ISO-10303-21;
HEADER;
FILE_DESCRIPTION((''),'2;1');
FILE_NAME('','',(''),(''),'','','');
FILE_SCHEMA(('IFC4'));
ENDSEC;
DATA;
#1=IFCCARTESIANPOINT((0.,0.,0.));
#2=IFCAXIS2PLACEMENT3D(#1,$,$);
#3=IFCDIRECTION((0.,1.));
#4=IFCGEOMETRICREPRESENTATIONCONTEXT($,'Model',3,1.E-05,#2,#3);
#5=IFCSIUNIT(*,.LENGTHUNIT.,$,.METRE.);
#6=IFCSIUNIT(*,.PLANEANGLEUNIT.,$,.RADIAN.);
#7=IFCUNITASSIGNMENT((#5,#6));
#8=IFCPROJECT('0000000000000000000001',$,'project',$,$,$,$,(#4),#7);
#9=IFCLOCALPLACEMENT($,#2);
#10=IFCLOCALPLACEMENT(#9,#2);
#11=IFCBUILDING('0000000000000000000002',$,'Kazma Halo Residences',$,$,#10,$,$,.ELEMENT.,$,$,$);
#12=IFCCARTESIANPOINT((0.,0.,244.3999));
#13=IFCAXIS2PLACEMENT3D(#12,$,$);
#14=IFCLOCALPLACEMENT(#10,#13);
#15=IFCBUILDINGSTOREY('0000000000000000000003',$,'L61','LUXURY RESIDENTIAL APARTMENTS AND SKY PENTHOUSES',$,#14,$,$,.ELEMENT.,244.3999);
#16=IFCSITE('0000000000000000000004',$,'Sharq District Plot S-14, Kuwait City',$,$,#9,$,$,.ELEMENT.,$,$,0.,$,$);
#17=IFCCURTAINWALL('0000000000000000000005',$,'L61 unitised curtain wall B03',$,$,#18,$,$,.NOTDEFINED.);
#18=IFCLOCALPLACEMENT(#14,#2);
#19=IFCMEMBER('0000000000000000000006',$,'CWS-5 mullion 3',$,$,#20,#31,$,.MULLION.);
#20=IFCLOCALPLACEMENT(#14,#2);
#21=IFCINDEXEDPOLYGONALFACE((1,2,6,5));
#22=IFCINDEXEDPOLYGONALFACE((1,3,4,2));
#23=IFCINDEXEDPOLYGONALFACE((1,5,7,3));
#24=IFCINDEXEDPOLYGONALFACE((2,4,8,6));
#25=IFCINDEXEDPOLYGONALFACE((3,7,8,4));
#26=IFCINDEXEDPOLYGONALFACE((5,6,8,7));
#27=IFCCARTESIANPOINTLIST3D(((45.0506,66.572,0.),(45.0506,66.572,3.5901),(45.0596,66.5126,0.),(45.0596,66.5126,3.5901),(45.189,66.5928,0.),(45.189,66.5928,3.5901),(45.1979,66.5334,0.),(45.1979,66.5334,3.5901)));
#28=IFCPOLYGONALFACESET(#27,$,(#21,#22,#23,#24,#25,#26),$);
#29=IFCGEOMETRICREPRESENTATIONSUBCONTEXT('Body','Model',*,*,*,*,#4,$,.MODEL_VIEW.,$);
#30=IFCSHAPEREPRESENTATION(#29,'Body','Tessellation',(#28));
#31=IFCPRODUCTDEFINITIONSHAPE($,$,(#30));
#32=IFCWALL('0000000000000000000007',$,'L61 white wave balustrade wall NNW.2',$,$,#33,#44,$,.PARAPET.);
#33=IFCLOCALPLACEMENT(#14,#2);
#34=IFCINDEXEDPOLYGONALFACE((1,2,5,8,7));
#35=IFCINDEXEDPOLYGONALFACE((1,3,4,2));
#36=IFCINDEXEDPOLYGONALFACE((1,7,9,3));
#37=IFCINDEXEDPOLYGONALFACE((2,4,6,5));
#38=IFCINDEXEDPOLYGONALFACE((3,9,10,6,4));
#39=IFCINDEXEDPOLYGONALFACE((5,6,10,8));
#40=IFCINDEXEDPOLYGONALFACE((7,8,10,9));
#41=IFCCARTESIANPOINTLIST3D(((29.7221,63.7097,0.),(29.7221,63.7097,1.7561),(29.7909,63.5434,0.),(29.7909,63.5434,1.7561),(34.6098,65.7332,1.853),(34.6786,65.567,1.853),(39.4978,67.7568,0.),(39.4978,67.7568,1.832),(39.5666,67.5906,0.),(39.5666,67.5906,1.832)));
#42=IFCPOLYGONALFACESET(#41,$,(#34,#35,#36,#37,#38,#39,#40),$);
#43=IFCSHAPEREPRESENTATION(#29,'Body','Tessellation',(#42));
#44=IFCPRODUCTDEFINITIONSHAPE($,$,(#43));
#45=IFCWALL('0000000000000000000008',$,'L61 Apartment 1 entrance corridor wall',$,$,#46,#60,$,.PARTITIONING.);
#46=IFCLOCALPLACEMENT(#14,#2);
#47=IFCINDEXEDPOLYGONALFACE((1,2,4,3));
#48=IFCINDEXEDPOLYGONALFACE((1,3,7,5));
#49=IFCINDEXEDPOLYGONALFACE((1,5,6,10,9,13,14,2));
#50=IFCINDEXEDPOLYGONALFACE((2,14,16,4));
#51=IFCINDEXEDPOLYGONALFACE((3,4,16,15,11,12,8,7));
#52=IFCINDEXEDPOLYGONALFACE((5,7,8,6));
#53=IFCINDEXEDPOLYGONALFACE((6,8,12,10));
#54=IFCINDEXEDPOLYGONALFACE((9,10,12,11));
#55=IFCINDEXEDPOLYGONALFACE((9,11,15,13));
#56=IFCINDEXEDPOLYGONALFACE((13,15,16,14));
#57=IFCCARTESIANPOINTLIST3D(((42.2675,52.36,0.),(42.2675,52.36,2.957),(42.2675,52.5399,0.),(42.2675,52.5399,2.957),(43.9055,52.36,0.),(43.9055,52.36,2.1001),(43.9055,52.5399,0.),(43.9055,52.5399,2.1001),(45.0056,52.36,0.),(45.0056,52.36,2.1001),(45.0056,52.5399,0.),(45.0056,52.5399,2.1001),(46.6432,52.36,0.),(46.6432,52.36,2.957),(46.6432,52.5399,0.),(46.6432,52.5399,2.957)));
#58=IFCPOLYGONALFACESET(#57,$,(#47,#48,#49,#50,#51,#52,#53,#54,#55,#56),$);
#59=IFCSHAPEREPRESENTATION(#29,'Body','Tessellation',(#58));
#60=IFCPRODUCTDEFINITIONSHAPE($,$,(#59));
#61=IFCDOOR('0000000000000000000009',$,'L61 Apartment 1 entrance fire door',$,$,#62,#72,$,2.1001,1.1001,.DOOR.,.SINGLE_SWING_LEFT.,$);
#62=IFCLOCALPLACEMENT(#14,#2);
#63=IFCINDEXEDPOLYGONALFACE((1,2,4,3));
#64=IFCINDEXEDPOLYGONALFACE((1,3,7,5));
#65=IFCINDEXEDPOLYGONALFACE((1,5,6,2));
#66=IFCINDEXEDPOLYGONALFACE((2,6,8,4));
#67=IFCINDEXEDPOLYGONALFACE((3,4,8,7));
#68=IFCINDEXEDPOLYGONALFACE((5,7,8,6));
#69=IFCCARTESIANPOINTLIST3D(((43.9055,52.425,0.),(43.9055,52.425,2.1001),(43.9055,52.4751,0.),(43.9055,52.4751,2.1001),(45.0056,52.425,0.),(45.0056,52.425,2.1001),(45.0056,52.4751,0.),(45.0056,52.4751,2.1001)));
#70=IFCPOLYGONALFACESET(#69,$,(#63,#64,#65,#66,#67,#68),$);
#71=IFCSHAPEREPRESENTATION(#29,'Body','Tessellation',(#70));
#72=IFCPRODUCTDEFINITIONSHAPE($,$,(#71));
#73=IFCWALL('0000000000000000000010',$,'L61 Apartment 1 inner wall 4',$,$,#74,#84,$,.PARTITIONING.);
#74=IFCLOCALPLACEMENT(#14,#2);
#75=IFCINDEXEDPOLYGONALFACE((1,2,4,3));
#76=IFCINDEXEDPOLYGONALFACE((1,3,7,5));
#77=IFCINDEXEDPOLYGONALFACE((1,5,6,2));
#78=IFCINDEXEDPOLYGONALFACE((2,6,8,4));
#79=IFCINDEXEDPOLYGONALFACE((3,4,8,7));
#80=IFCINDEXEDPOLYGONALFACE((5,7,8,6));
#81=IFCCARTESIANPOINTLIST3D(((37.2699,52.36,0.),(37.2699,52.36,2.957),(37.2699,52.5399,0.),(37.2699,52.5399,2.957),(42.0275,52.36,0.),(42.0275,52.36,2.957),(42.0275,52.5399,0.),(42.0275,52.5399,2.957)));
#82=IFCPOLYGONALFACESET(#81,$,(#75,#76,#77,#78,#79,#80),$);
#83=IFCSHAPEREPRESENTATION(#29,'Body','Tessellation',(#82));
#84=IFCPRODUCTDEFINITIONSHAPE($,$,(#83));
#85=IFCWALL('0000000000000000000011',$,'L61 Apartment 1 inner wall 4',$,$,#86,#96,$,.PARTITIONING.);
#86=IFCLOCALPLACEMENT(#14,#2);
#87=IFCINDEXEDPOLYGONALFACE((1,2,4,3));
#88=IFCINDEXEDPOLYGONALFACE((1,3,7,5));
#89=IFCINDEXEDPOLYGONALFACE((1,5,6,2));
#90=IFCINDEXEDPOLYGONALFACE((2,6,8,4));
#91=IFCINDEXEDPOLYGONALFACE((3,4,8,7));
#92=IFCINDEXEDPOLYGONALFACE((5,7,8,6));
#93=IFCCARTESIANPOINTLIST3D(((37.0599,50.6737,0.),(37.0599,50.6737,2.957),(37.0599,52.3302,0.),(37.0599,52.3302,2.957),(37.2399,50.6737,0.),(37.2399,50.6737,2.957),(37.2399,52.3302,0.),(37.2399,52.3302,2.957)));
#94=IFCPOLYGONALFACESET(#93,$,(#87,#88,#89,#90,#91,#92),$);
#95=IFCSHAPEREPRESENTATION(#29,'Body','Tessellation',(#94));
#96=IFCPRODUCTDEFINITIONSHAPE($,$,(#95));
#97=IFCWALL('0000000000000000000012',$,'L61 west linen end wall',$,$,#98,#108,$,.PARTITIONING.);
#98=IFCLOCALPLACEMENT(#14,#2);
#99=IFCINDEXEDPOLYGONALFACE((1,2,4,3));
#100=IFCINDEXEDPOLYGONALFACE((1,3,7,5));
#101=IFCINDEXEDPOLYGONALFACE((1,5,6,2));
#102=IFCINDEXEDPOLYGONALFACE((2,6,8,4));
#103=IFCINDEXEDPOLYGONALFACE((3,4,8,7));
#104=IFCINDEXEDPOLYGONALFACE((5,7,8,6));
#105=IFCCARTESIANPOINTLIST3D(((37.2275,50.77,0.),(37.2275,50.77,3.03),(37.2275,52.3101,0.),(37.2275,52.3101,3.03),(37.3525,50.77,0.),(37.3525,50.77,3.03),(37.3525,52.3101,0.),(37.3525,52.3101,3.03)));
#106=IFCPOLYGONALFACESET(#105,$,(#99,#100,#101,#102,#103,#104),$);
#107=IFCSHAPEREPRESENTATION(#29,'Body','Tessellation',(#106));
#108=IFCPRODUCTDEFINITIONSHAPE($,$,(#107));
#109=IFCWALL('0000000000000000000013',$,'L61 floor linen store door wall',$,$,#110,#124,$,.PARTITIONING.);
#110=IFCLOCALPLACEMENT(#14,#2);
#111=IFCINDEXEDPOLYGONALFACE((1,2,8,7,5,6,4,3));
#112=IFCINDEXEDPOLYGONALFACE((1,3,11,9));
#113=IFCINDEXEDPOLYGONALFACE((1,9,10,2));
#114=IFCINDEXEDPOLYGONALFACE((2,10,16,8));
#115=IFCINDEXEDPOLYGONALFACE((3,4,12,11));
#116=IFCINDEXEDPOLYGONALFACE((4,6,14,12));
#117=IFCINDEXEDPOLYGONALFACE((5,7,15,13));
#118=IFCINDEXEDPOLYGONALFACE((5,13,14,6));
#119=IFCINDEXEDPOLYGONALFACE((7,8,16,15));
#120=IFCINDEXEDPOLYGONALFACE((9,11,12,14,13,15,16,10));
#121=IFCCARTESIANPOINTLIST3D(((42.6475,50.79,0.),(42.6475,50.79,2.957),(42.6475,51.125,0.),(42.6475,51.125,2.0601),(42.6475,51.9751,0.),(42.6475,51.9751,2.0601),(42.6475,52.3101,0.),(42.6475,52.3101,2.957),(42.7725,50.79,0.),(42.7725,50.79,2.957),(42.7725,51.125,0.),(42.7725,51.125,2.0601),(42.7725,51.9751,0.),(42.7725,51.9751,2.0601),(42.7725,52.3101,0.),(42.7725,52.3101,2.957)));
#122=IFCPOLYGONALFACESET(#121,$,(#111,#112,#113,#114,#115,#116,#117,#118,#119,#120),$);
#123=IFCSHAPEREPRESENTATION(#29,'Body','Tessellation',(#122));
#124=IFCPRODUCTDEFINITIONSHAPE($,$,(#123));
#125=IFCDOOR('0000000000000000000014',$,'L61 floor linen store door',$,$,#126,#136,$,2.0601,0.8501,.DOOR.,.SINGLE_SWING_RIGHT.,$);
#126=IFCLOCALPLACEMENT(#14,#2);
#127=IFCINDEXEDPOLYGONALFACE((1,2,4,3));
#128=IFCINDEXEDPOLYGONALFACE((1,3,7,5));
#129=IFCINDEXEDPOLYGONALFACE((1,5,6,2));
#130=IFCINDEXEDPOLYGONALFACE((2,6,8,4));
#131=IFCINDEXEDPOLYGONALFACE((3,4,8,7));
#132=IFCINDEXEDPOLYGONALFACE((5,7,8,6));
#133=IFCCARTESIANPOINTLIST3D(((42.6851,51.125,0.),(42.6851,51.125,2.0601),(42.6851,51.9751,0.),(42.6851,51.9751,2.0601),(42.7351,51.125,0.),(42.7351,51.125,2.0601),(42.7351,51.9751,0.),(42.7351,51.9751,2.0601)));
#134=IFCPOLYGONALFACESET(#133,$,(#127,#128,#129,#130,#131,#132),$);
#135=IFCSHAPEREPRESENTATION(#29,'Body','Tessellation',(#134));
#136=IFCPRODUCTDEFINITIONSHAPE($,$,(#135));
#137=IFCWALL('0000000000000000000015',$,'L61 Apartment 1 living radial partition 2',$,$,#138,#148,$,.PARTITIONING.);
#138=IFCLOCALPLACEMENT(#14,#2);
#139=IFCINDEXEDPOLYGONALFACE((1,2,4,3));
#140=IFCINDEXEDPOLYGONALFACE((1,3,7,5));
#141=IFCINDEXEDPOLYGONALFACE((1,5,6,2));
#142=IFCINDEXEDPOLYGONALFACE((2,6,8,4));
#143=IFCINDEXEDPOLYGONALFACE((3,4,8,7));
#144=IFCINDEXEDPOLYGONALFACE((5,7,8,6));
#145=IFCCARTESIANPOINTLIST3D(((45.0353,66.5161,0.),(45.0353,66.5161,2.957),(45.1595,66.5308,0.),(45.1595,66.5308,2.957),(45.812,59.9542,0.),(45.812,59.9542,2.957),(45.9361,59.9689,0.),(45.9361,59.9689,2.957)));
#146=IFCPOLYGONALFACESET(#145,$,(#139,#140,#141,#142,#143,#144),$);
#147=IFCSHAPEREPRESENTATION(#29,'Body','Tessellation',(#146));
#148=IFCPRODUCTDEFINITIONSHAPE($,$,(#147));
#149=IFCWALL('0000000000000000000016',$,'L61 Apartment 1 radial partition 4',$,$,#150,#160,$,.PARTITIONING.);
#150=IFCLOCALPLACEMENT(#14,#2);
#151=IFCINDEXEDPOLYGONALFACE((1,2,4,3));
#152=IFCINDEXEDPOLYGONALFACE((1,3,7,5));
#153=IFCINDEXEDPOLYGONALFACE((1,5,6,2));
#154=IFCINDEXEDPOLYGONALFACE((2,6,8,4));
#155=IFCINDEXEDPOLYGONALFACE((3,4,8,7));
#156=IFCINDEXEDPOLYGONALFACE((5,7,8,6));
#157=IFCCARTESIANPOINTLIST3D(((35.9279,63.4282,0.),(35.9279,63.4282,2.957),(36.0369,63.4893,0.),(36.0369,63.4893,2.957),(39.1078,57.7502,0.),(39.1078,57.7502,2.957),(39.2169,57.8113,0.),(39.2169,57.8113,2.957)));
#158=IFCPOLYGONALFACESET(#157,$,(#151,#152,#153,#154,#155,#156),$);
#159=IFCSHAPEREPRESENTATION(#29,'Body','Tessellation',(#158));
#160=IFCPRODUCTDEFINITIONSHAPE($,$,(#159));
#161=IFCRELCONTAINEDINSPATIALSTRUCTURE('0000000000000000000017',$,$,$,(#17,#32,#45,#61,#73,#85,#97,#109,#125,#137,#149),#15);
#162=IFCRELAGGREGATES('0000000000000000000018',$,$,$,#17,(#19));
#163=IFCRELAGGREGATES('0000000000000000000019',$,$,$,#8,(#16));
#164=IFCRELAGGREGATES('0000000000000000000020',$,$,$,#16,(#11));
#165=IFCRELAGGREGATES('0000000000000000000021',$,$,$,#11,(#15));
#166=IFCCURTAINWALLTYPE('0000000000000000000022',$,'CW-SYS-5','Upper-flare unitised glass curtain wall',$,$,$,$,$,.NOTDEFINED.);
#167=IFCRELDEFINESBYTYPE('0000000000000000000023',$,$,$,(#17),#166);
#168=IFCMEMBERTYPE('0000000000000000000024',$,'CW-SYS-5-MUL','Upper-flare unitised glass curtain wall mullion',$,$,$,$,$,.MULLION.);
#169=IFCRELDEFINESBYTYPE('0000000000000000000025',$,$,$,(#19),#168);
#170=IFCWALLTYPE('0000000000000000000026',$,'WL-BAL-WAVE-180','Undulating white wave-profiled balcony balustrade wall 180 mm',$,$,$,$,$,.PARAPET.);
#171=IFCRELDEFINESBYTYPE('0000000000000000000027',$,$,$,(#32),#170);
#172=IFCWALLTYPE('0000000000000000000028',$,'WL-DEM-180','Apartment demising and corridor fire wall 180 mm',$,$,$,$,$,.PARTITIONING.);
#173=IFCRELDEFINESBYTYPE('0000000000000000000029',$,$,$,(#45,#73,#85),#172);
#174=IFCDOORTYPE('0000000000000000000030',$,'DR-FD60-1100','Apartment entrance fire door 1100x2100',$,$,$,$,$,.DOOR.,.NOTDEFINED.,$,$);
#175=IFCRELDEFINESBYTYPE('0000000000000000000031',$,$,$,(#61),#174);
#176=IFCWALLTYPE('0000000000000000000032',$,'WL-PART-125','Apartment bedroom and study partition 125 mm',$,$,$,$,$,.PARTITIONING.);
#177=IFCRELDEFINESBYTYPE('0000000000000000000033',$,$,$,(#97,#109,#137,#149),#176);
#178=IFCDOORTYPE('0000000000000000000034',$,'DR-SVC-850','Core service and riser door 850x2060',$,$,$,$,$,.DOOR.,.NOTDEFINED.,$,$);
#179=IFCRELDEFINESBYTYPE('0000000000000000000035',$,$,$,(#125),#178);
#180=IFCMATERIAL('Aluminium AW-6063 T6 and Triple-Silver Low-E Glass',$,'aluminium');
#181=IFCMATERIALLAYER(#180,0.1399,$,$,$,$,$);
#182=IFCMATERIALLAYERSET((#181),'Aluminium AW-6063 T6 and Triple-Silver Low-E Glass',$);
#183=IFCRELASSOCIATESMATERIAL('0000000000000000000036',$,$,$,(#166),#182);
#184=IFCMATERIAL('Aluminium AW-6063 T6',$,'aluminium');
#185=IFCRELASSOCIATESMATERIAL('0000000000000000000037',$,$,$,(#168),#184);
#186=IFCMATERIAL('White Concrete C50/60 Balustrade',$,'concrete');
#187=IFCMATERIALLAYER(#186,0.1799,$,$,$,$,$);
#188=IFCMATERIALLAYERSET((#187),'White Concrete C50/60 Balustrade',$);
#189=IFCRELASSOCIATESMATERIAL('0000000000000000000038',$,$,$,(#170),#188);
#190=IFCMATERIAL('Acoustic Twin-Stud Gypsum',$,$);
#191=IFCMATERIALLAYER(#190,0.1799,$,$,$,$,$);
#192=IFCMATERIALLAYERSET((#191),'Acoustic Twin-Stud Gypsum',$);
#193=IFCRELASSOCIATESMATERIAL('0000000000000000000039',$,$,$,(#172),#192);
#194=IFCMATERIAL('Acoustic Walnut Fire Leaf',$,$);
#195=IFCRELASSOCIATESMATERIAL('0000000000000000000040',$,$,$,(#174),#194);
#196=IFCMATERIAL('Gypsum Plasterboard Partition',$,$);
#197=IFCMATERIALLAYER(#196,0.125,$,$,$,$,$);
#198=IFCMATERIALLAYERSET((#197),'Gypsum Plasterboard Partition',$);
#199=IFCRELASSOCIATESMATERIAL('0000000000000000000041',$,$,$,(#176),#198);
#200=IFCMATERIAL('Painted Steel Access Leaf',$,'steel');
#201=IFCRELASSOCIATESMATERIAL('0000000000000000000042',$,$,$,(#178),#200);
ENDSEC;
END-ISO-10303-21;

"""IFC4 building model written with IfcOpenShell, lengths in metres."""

from ifc_helpers import new_model, si_unit, direction, frame, frame_2d, origin, origin_2d, place, context, subcontext, project, spatial, polyline, rectangle, outline, extrude, material, layer, layer_set, material_profile, profile_set, type_object, element, fill, aggregate, save


model = new_model("IFC4")

# Units and contexts
model_context = context("Model", 3, precision=1e-05, world=origin(), true_north=direction((0.0, 1.0)))
body_context = subcontext(model_context, "Body", "Model", "MODEL_VIEW")
ifc_project = project(units=[si_unit("LENGTHUNIT", "METRE"), si_unit("PLANEANGLEUNIT", "RADIAN")], contexts=[model_context])

# Site, building, storey
site_placement = place(None, origin())
site = spatial("IfcSite", under=ifc_project, at=site_placement, Name="Sharq District Plot S-14, Kuwait City", CompositionType="ELEMENT", RefElevation=0.0)
building_placement = place(site_placement, origin())
building = spatial("IfcBuilding", under=site, at=building_placement, Name="Kazma Halo Residences", CompositionType="ELEMENT")
storey_placement = place(building_placement, frame((0.0, 0.0, 244.3999)))
storey = spatial("IfcBuildingStorey", under=building, at=storey_placement, Name="L61", Description="LUXURY RESIDENTIAL APARTMENTS AND SKY PENTHOUSES", CompositionType="ELEMENT", Elevation=244.3999)

# Curtain wall, member
ifc_material_1 = material(Name="Aluminium AW-6063 T6 and Triple-Silver Low-E Glass", Category="aluminium")
ifc_layer_1 = layer(ifc_material_1, 0.1399)
ifc_layer_set_1 = layer_set([ifc_layer_1], Name="Aluminium AW-6063 T6 and Triple-Silver Low-E Glass")
curtain_wall_type = type_object("IfcCurtainWallType", Name="CW-SYS-5", Description="Upper-flare unitised glass curtain wall", PredefinedType="NOTDEFINED", material=ifc_layer_set_1)
curtain_wall_placement = place(storey_placement, origin())
curtain_wall = element("IfcCurtainWall", 1, at=curtain_wall_placement, inside=storey, type_object=curtain_wall_type, Name="L61 unitised curtain wall B03", PredefinedType="NOTDEFINED")
ifc_material_2 = material(Name="Aluminium AW-6063 T6", Category="aluminium")
ifc_material_profile_1 = material_profile(ifc_material_2, rectangle(XDim=0.0601, YDim=0.1399, at=origin_2d()), Name="CWM-60x140")
ifc_profile_set_1 = profile_set([ifc_material_profile_1], Name="Aluminium AW-6063 T6")
member_type = type_object("IfcMemberType", Name="CW-SYS-5-MUL", Description="Upper-flare unitised glass curtain wall mullion", PredefinedType="MULLION", material=ifc_profile_set_1)
member_placement = place(storey_placement, frame((45.1243, 66.5527, 0.0), z_axis=(0.0, 0.0, 1.0), x_axis=(0.148697, -0.988883, 0.0)))
member = element("IfcMember", 2, at=member_placement, type_object=member_type, Name="CWS-5 mullion 3", PredefinedType="MULLION", context=body_context, shape_type="SweptSolid", body=[
    extrude(rectangle(XDim=0.0601, YDim=0.1399, at=origin_2d()), origin(), (0.0, 0.0, 1.0), 3.5901),
])
aggregate(curtain_wall, [member])

# Wall
ifc_material_3 = material(Name="White Concrete C50/60 Balustrade", Category="concrete")
ifc_layer_2 = layer(ifc_material_3, 0.1799)
ifc_layer_set_2 = layer_set([ifc_layer_2], Name="White Concrete C50/60 Balustrade")
wall_type_1 = type_object("IfcWallType", Name="WL-BAL-WAVE-180", Description="Undulating white wave-profiled balcony balustrade wall 180 mm", PredefinedType="PARAPET", material=ifc_layer_set_2)
wall_1_placement = place(storey_placement, frame((39.5322, 67.6736, 0.0), z_axis=(0.0, 0.0, 1.0), x_axis=(-0.923949, -0.382516, 0.0)))
element("IfcWall", 3, at=wall_1_placement, inside=storey, type_object=wall_type_1, Name="L61 white wave balustrade wall NNW.2", PredefinedType="PARAPET", context=body_context, shape_type="SweptSolid", body=[
    extrude(outline(polyline([(0.0, 0.0), (10.5803, 0.0), (10.5803, 1.7561), (5.2903, 1.853), (0.0, 1.832), (0.0, 0.0)])), frame((0.0, 0.0898, 0.0), z_axis=(0.0, -1.0, 0.0), x_axis=(1.0, 0.0, 0.0)), (0.0, 0.0, 1.0), 0.1799),
])

# Wall, opening, door
ifc_material_4 = material(Name="Acoustic Twin-Stud Gypsum")
ifc_layer_3 = layer(ifc_material_4, 0.1799)
ifc_layer_set_3 = layer_set([ifc_layer_3], Name="Acoustic Twin-Stud Gypsum")
wall_type_2 = type_object("IfcWallType", Name="WL-DEM-180", Description="Apartment demising and corridor fire wall 180 mm", PredefinedType="PARTITIONING", material=ifc_layer_set_3)
wall_2_placement = place(storey_placement, frame((46.6433, 52.45, 0.0), z_axis=(0.0, 0.0, 1.0), x_axis=(-1.0, 0.0, 0.0)))
wall_2 = element("IfcWall", 4, at=wall_2_placement, inside=storey, type_object=wall_type_2, Name="L61 Apartment 1 entrance corridor wall", PredefinedType="PARTITIONING", context=body_context, shape_type="SweptSolid", body=[
    extrude(rectangle(XDim=4.3757, YDim=0.1799, at=frame_2d((2.188, 0.0))), origin(), (0.0, 0.0, 1.0), 2.957),
])
opening_1_placement = place(wall_2_placement, frame((1.6377, 0.0, 0.0)))
opening_1 = element("IfcOpeningElement", 5, at=opening_1_placement, cuts=wall_2, PredefinedType="OPENING", context=body_context, shape_type="SweptSolid", body=[
    extrude(rectangle(XDim=1.1001, YDim=2.1001, at=frame_2d((0.55, 1.05))), frame((0.0, 0.0999, 0.0), z_axis=(0.0, -1.0, 0.0), x_axis=(1.0, 0.0, 0.0)), (0.0, 0.0, 1.0), 0.2),
])
ifc_material_5 = material(Name="Acoustic Walnut Fire Leaf")
door_type_1 = type_object("IfcDoorType", Name="DR-FD60-1100", Description="Apartment entrance fire door 1100x2100", OperationType="NOTDEFINED", PredefinedType="DOOR", material=ifc_material_5)
door_1_placement = place(opening_1_placement, origin())
door_1 = element("IfcDoor", 6, at=door_1_placement, inside=storey, type_object=door_type_1, Name="L61 Apartment 1 entrance fire door", OperationType="SINGLE_SWING_LEFT", OverallHeight=2.1001, OverallWidth=1.1001, PredefinedType="DOOR", context=body_context, shape_type="SweptSolid", body=[
    extrude(rectangle(XDim=1.1001, YDim=2.1001, at=frame_2d((0.55, 1.05))), frame((0.0, 0.0249, 0.0), z_axis=(0.0, -1.0, 0.0), x_axis=(1.0, 0.0, 0.0)), (0.0, 0.0, 1.0), 0.05),
])
fill(opening_1, door_1)

# Walls
wall_3_placement = place(storey_placement, frame((42.0276, 52.45, 0.0), z_axis=(0.0, 0.0, 1.0), x_axis=(-1.0, 0.0, 0.0)))
element("IfcWall", 7, at=wall_3_placement, inside=storey, type_object=wall_type_2, Name="L61 Apartment 1 inner wall 4", PredefinedType="PARTITIONING", context=body_context, shape_type="SweptSolid", body=[
    extrude(rectangle(XDim=4.7576, YDim=0.1799, at=frame_2d((2.3789, 0.0))), origin(), (0.0, 0.0, 1.0), 2.957),
])
wall_4_placement = place(storey_placement, frame((37.1499, 52.3301, 0.0), z_axis=(0.0, 0.0, 1.0), x_axis=(0.0, -1.0, 0.0)))
element("IfcWall", 8, at=wall_4_placement, inside=storey, type_object=wall_type_2, Name="L61 Apartment 1 inner wall 4", PredefinedType="PARTITIONING", context=body_context, shape_type="SweptSolid", body=[
    extrude(rectangle(XDim=1.6565, YDim=0.1799, at=frame_2d((0.8281, 0.0))), origin(), (0.0, 0.0, 1.0), 2.957),
])

# Wall
ifc_material_6 = material(Name="Gypsum Plasterboard Partition")
ifc_layer_4 = layer(ifc_material_6, 0.125)
ifc_layer_set_4 = layer_set([ifc_layer_4], Name="Gypsum Plasterboard Partition")
wall_type_3 = type_object("IfcWallType", Name="WL-PART-125", Description="Apartment bedroom and study partition 125 mm", PredefinedType="PARTITIONING", material=ifc_layer_set_4)
wall_5_placement = place(storey_placement, frame((37.29, 50.77, 0.0), z_axis=(0.0, 0.0, 1.0), x_axis=(0.0, 1.0, 0.0)))
element("IfcWall", 9, at=wall_5_placement, inside=storey, type_object=wall_type_3, Name="L61 west linen end wall", PredefinedType="PARTITIONING", context=body_context, shape_type="SweptSolid", body=[
    extrude(rectangle(XDim=1.54, YDim=0.125, at=frame_2d((0.77, 0.0))), origin(), (0.0, 0.0, 1.0), 3.03),
])

# Wall, opening, door
wall_6_placement = place(storey_placement, frame((42.71, 50.79, 0.0), z_axis=(0.0, 0.0, 1.0), x_axis=(0.0, 1.0, 0.0)))
wall_6 = element("IfcWall", 10, at=wall_6_placement, inside=storey, type_object=wall_type_3, Name="L61 floor linen store door wall", PredefinedType="PARTITIONING", context=body_context, shape_type="SweptSolid", body=[
    extrude(rectangle(XDim=1.52, YDim=0.125, at=frame_2d((0.76, 0.0))), origin(), (0.0, 0.0, 1.0), 2.957),
])
opening_2_placement = place(wall_6_placement, frame((0.335, 0.0, 0.0)))
opening_2 = element("IfcOpeningElement", 11, at=opening_2_placement, cuts=wall_6, PredefinedType="OPENING", context=body_context, shape_type="SweptSolid", body=[
    extrude(rectangle(XDim=0.8501, YDim=2.0601, at=frame_2d((0.425, 1.03))), frame((0.0, 0.0725, 0.0), z_axis=(0.0, -1.0, 0.0), x_axis=(1.0, 0.0, 0.0)), (0.0, 0.0, 1.0), 0.145),
])
ifc_material_7 = material(Name="Painted Steel Access Leaf", Category="steel")
door_type_2 = type_object("IfcDoorType", Name="DR-SVC-850", Description="Core service and riser door 850x2060", OperationType="NOTDEFINED", PredefinedType="DOOR", material=ifc_material_7)
door_2_placement = place(opening_2_placement, origin())
door_2 = element("IfcDoor", 12, at=door_2_placement, inside=storey, type_object=door_type_2, Name="L61 floor linen store door", OperationType="SINGLE_SWING_RIGHT", OverallHeight=2.0601, OverallWidth=0.8501, PredefinedType="DOOR", context=body_context, shape_type="SweptSolid", body=[
    extrude(rectangle(XDim=0.8501, YDim=2.0601, at=frame_2d((0.425, 1.03))), frame((0.0, 0.0249, 0.0), z_axis=(0.0, -1.0, 0.0), x_axis=(1.0, 0.0, 0.0)), (0.0, 0.0, 1.0), 0.05),
])
fill(opening_2, door_2)

# Walls
wall_7_placement = place(storey_placement, frame((45.874, 59.9617, 0.0), z_axis=(0.0, 0.0, 1.0), x_axis=(-0.117534, 0.993069, 0.0)))
element("IfcWall", 13, at=wall_7_placement, inside=storey, type_object=wall_type_3, Name="L61 Apartment 1 living radial partition 2", PredefinedType="PARTITIONING", context=body_context, shape_type="SweptSolid", body=[
    extrude(rectangle(XDim=6.6077, YDim=0.125, at=frame_2d((3.3037, 0.0))), origin(), (0.0, 0.0, 1.0), 2.957),
])
wall_8_placement = place(storey_placement, frame((39.1624, 57.7808, 0.0), z_axis=(0.0, 0.0, 1.0), x_axis=(-0.488634, 0.872489, 0.0)))
element("IfcWall", 14, at=wall_8_placement, inside=storey, type_object=wall_type_3, Name="L61 Apartment 1 radial partition 4", PredefinedType="PARTITIONING", context=body_context, shape_type="SweptSolid", body=[
    extrude(rectangle(XDim=6.5078, YDim=0.125, at=frame_2d((3.2539, 0.0))), origin(), (0.0, 0.0, 1.0), 2.957),
])

save(model, "model.ifc")
